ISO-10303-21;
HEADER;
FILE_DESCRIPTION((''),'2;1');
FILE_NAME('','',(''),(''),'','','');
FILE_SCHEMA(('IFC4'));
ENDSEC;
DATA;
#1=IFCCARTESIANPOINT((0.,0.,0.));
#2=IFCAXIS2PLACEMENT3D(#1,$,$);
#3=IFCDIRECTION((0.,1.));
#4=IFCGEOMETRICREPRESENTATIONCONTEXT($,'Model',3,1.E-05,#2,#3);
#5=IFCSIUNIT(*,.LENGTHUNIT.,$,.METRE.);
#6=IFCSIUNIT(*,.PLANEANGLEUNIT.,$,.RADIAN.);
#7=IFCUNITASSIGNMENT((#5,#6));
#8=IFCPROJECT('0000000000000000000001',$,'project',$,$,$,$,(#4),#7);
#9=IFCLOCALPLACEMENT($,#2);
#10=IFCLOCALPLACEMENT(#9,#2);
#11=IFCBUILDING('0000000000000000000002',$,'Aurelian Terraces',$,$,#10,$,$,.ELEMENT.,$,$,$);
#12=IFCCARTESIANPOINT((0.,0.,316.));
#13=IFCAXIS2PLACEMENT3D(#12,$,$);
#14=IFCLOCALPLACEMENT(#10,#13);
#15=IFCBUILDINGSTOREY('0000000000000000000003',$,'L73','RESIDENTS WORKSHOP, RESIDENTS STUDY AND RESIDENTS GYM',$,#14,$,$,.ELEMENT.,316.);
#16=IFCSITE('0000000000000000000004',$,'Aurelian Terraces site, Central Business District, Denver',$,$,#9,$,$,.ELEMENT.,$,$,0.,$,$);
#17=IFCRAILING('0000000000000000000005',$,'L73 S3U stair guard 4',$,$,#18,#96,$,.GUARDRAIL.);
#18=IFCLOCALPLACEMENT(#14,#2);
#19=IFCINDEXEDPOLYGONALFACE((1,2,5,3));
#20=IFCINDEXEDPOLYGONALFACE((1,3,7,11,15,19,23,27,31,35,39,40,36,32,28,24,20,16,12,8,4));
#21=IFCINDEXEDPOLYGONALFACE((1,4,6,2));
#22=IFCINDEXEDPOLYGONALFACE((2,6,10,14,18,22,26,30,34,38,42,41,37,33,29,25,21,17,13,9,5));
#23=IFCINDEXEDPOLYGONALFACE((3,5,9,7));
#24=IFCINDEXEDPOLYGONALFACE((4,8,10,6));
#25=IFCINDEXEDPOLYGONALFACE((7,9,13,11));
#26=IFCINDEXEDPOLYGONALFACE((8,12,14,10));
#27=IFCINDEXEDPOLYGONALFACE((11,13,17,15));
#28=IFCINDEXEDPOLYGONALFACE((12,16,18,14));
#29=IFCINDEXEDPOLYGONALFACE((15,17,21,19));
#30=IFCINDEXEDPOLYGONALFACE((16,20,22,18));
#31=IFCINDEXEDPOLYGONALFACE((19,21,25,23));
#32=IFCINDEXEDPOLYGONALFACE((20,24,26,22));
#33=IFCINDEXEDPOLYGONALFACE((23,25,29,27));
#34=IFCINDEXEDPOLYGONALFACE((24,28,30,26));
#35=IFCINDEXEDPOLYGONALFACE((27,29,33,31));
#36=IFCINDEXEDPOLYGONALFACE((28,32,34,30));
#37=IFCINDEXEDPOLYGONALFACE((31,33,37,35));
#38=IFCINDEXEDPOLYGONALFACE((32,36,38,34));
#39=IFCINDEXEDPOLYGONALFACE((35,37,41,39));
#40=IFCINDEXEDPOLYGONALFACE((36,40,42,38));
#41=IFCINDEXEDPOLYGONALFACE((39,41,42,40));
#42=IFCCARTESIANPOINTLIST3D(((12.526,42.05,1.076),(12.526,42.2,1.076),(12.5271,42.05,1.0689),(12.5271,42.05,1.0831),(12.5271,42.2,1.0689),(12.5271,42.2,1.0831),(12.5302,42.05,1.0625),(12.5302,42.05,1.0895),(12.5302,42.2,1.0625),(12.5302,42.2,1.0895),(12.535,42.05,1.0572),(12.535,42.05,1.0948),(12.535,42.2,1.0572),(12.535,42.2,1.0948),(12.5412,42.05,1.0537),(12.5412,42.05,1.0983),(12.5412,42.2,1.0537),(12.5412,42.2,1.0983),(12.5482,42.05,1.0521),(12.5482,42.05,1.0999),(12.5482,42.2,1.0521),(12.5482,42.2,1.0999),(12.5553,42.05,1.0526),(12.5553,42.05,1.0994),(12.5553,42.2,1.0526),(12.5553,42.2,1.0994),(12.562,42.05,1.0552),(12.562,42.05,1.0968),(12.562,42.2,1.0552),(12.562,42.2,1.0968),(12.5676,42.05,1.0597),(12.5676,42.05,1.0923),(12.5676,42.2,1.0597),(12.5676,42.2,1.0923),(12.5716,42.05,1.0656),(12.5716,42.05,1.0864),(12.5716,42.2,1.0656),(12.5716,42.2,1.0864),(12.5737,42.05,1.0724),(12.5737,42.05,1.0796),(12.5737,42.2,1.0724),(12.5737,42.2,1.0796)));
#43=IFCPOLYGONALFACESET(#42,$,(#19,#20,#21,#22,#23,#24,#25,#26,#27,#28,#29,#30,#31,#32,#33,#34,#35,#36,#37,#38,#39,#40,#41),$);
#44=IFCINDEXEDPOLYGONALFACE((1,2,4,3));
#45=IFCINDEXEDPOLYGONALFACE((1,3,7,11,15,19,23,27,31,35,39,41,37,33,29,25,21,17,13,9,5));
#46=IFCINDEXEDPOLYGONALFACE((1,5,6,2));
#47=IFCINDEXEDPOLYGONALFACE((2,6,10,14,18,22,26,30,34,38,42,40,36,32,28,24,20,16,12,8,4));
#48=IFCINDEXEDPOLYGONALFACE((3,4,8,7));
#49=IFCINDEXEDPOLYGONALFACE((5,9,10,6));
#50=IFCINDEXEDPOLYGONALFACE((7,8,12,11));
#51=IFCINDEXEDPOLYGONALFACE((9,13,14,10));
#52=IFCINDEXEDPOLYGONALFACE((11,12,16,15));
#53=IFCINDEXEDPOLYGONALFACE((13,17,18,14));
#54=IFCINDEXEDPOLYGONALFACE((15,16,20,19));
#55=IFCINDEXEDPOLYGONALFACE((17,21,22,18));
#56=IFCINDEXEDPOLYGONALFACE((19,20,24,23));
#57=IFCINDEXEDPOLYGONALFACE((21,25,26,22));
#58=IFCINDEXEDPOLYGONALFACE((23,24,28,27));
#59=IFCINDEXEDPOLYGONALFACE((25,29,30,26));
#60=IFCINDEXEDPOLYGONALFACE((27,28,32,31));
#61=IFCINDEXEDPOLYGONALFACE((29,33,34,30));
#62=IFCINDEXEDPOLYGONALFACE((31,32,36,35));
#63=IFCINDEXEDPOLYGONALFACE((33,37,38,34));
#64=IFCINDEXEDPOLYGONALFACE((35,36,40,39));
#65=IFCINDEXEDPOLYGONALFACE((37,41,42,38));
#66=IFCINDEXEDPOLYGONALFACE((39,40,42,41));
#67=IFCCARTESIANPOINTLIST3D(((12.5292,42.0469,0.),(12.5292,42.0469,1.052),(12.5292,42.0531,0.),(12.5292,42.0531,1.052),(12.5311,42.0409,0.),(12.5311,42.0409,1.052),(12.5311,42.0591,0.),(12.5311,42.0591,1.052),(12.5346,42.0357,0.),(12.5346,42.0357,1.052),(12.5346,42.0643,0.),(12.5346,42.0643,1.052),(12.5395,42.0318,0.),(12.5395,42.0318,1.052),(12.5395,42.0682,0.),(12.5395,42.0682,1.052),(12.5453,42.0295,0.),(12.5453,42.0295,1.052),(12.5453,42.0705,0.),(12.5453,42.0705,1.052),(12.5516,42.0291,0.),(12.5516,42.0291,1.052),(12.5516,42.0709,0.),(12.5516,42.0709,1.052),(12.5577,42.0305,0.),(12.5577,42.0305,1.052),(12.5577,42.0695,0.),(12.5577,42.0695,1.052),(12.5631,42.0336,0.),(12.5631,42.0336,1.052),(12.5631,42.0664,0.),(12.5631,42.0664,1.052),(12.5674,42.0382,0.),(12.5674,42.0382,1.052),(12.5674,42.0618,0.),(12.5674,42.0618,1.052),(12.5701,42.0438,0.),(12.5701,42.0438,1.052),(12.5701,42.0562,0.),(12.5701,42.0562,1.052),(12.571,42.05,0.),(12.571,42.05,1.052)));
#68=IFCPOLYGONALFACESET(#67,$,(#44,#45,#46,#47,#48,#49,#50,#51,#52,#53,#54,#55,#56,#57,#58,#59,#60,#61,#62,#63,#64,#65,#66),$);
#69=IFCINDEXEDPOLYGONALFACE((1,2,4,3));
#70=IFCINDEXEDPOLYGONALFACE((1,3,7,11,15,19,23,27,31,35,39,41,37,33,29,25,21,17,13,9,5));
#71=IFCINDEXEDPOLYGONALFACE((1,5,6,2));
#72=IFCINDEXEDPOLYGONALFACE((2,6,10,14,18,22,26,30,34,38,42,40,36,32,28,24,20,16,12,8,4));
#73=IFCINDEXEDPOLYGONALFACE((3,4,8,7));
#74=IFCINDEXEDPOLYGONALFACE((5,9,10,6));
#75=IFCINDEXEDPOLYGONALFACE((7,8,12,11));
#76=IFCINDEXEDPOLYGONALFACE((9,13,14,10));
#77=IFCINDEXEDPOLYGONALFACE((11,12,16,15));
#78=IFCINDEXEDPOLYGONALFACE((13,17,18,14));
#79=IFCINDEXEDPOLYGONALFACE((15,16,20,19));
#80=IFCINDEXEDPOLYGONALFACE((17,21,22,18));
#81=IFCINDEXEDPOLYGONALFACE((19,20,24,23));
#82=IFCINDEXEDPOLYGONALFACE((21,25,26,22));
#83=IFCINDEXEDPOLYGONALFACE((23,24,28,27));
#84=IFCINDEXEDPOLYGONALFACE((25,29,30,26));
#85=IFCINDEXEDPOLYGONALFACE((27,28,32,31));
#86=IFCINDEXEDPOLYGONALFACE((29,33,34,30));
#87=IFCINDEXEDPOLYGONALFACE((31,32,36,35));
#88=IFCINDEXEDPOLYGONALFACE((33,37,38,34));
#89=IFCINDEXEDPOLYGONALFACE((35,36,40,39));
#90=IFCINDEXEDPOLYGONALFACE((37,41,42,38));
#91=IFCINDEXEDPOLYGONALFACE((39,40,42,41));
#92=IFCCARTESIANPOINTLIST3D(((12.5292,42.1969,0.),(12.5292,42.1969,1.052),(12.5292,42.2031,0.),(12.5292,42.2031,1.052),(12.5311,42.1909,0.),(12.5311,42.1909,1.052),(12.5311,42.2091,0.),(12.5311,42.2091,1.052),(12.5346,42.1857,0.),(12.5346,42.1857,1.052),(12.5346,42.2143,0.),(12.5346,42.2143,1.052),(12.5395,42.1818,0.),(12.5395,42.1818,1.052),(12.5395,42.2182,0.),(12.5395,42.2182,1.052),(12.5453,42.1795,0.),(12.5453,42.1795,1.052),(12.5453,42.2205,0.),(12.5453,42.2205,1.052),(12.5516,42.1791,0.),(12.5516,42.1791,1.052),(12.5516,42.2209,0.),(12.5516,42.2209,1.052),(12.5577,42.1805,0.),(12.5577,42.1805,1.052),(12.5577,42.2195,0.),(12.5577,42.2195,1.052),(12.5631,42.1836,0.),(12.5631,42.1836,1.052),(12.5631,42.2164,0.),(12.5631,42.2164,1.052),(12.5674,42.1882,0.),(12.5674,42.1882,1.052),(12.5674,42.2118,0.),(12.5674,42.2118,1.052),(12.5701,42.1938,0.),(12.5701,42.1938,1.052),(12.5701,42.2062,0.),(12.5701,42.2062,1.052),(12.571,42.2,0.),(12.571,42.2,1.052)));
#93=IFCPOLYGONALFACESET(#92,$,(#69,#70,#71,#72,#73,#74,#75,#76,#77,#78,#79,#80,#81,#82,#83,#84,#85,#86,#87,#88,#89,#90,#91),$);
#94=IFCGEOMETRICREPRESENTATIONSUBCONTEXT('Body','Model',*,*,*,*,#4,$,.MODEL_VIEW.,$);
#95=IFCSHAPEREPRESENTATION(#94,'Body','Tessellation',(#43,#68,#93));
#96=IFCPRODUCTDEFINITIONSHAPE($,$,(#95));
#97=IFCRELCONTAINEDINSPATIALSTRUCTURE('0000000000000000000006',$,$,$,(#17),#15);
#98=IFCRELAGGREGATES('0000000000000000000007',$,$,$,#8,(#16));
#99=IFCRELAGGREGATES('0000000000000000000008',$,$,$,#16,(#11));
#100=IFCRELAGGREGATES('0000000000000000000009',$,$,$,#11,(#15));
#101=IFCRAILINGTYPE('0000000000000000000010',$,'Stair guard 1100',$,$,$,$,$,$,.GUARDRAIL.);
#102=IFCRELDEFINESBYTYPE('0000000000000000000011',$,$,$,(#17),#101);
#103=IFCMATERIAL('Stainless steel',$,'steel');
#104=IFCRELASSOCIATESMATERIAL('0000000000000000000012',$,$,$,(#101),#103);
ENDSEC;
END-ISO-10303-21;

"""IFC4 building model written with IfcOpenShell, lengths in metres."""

from ifc_helpers import new_model, si_unit, direction, frame, origin, origin_2d, place, context, subcontext, project, spatial, circle, extrude, source, transform, mapped, material, type_object, element, save


model = new_model("IFC4")

# Units and contexts
model_context = context("Model", 3, precision=1e-05, world=origin(), true_north=direction((0.0, 1.0)))
body_context = subcontext(model_context, "Body", "Model", "MODEL_VIEW")
ifc_project = project(units=[si_unit("LENGTHUNIT", "METRE"), si_unit("PLANEANGLEUNIT", "RADIAN")], contexts=[model_context])

# Site, building, storey
site_placement = place(None, origin())
site = spatial("IfcSite", under=ifc_project, at=site_placement, Name="Aurelian Terraces site, Central Business District, Denver", CompositionType="ELEMENT", RefElevation=0.0)
building_placement = place(site_placement, origin())
building = spatial("IfcBuilding", under=site, at=building_placement, Name="Aurelian Terraces", CompositionType="ELEMENT")
storey_placement = place(building_placement, frame((0.0, 0.0, 316.0)))
storey = spatial("IfcBuildingStorey", under=building, at=storey_placement, Name="L73", Description="RESIDENTS WORKSHOP, RESIDENTS STUDY AND RESIDENTS GYM", CompositionType="ELEMENT", Elevation=316.0)

# Railing
ifc_material_1 = material(Name="Stainless steel", Category="steel")
railing_type_1 = type_object("IfcRailingType", Name="Stair guard 1100", PredefinedType="GUARDRAIL", material=ifc_material_1)
shared_shape_1 = source(origin(), body_context, "Body", "SweptSolid", [
    extrude(circle(Radius=0.024, at=origin_2d()), frame((0.0, 0.0, 1.076), z_axis=(0.0, 1.0, 0.0), x_axis=(-1.0, 0.0, 0.0)), (0.0, 0.0, 1.0), 0.15),
    extrude(circle(Radius=0.021, at=origin_2d()), origin(), (0.0, 0.0, 1.0), 1.052),
    extrude(circle(Radius=0.021, at=origin_2d()), frame((0.0, 0.15, 0.0)), (0.0, 0.0, 1.0), 1.052),
])
for number, where, name in (
    (1, (12.55, 42.05, 0.0), "L73 S3U stair guard 4"),
):
    element("IfcRailing", number, at=place(storey_placement, frame(where)), inside=storey, type_object=railing_type_1, Name=name, PredefinedType="GUARDRAIL", context=body_context, shape_type="MappedRepresentation", body=[
        mapped(shared_shape_1, transform((0.0, 0.0, 0.0), scale=1.0)),
    ])

save(model, "model.ifc")
